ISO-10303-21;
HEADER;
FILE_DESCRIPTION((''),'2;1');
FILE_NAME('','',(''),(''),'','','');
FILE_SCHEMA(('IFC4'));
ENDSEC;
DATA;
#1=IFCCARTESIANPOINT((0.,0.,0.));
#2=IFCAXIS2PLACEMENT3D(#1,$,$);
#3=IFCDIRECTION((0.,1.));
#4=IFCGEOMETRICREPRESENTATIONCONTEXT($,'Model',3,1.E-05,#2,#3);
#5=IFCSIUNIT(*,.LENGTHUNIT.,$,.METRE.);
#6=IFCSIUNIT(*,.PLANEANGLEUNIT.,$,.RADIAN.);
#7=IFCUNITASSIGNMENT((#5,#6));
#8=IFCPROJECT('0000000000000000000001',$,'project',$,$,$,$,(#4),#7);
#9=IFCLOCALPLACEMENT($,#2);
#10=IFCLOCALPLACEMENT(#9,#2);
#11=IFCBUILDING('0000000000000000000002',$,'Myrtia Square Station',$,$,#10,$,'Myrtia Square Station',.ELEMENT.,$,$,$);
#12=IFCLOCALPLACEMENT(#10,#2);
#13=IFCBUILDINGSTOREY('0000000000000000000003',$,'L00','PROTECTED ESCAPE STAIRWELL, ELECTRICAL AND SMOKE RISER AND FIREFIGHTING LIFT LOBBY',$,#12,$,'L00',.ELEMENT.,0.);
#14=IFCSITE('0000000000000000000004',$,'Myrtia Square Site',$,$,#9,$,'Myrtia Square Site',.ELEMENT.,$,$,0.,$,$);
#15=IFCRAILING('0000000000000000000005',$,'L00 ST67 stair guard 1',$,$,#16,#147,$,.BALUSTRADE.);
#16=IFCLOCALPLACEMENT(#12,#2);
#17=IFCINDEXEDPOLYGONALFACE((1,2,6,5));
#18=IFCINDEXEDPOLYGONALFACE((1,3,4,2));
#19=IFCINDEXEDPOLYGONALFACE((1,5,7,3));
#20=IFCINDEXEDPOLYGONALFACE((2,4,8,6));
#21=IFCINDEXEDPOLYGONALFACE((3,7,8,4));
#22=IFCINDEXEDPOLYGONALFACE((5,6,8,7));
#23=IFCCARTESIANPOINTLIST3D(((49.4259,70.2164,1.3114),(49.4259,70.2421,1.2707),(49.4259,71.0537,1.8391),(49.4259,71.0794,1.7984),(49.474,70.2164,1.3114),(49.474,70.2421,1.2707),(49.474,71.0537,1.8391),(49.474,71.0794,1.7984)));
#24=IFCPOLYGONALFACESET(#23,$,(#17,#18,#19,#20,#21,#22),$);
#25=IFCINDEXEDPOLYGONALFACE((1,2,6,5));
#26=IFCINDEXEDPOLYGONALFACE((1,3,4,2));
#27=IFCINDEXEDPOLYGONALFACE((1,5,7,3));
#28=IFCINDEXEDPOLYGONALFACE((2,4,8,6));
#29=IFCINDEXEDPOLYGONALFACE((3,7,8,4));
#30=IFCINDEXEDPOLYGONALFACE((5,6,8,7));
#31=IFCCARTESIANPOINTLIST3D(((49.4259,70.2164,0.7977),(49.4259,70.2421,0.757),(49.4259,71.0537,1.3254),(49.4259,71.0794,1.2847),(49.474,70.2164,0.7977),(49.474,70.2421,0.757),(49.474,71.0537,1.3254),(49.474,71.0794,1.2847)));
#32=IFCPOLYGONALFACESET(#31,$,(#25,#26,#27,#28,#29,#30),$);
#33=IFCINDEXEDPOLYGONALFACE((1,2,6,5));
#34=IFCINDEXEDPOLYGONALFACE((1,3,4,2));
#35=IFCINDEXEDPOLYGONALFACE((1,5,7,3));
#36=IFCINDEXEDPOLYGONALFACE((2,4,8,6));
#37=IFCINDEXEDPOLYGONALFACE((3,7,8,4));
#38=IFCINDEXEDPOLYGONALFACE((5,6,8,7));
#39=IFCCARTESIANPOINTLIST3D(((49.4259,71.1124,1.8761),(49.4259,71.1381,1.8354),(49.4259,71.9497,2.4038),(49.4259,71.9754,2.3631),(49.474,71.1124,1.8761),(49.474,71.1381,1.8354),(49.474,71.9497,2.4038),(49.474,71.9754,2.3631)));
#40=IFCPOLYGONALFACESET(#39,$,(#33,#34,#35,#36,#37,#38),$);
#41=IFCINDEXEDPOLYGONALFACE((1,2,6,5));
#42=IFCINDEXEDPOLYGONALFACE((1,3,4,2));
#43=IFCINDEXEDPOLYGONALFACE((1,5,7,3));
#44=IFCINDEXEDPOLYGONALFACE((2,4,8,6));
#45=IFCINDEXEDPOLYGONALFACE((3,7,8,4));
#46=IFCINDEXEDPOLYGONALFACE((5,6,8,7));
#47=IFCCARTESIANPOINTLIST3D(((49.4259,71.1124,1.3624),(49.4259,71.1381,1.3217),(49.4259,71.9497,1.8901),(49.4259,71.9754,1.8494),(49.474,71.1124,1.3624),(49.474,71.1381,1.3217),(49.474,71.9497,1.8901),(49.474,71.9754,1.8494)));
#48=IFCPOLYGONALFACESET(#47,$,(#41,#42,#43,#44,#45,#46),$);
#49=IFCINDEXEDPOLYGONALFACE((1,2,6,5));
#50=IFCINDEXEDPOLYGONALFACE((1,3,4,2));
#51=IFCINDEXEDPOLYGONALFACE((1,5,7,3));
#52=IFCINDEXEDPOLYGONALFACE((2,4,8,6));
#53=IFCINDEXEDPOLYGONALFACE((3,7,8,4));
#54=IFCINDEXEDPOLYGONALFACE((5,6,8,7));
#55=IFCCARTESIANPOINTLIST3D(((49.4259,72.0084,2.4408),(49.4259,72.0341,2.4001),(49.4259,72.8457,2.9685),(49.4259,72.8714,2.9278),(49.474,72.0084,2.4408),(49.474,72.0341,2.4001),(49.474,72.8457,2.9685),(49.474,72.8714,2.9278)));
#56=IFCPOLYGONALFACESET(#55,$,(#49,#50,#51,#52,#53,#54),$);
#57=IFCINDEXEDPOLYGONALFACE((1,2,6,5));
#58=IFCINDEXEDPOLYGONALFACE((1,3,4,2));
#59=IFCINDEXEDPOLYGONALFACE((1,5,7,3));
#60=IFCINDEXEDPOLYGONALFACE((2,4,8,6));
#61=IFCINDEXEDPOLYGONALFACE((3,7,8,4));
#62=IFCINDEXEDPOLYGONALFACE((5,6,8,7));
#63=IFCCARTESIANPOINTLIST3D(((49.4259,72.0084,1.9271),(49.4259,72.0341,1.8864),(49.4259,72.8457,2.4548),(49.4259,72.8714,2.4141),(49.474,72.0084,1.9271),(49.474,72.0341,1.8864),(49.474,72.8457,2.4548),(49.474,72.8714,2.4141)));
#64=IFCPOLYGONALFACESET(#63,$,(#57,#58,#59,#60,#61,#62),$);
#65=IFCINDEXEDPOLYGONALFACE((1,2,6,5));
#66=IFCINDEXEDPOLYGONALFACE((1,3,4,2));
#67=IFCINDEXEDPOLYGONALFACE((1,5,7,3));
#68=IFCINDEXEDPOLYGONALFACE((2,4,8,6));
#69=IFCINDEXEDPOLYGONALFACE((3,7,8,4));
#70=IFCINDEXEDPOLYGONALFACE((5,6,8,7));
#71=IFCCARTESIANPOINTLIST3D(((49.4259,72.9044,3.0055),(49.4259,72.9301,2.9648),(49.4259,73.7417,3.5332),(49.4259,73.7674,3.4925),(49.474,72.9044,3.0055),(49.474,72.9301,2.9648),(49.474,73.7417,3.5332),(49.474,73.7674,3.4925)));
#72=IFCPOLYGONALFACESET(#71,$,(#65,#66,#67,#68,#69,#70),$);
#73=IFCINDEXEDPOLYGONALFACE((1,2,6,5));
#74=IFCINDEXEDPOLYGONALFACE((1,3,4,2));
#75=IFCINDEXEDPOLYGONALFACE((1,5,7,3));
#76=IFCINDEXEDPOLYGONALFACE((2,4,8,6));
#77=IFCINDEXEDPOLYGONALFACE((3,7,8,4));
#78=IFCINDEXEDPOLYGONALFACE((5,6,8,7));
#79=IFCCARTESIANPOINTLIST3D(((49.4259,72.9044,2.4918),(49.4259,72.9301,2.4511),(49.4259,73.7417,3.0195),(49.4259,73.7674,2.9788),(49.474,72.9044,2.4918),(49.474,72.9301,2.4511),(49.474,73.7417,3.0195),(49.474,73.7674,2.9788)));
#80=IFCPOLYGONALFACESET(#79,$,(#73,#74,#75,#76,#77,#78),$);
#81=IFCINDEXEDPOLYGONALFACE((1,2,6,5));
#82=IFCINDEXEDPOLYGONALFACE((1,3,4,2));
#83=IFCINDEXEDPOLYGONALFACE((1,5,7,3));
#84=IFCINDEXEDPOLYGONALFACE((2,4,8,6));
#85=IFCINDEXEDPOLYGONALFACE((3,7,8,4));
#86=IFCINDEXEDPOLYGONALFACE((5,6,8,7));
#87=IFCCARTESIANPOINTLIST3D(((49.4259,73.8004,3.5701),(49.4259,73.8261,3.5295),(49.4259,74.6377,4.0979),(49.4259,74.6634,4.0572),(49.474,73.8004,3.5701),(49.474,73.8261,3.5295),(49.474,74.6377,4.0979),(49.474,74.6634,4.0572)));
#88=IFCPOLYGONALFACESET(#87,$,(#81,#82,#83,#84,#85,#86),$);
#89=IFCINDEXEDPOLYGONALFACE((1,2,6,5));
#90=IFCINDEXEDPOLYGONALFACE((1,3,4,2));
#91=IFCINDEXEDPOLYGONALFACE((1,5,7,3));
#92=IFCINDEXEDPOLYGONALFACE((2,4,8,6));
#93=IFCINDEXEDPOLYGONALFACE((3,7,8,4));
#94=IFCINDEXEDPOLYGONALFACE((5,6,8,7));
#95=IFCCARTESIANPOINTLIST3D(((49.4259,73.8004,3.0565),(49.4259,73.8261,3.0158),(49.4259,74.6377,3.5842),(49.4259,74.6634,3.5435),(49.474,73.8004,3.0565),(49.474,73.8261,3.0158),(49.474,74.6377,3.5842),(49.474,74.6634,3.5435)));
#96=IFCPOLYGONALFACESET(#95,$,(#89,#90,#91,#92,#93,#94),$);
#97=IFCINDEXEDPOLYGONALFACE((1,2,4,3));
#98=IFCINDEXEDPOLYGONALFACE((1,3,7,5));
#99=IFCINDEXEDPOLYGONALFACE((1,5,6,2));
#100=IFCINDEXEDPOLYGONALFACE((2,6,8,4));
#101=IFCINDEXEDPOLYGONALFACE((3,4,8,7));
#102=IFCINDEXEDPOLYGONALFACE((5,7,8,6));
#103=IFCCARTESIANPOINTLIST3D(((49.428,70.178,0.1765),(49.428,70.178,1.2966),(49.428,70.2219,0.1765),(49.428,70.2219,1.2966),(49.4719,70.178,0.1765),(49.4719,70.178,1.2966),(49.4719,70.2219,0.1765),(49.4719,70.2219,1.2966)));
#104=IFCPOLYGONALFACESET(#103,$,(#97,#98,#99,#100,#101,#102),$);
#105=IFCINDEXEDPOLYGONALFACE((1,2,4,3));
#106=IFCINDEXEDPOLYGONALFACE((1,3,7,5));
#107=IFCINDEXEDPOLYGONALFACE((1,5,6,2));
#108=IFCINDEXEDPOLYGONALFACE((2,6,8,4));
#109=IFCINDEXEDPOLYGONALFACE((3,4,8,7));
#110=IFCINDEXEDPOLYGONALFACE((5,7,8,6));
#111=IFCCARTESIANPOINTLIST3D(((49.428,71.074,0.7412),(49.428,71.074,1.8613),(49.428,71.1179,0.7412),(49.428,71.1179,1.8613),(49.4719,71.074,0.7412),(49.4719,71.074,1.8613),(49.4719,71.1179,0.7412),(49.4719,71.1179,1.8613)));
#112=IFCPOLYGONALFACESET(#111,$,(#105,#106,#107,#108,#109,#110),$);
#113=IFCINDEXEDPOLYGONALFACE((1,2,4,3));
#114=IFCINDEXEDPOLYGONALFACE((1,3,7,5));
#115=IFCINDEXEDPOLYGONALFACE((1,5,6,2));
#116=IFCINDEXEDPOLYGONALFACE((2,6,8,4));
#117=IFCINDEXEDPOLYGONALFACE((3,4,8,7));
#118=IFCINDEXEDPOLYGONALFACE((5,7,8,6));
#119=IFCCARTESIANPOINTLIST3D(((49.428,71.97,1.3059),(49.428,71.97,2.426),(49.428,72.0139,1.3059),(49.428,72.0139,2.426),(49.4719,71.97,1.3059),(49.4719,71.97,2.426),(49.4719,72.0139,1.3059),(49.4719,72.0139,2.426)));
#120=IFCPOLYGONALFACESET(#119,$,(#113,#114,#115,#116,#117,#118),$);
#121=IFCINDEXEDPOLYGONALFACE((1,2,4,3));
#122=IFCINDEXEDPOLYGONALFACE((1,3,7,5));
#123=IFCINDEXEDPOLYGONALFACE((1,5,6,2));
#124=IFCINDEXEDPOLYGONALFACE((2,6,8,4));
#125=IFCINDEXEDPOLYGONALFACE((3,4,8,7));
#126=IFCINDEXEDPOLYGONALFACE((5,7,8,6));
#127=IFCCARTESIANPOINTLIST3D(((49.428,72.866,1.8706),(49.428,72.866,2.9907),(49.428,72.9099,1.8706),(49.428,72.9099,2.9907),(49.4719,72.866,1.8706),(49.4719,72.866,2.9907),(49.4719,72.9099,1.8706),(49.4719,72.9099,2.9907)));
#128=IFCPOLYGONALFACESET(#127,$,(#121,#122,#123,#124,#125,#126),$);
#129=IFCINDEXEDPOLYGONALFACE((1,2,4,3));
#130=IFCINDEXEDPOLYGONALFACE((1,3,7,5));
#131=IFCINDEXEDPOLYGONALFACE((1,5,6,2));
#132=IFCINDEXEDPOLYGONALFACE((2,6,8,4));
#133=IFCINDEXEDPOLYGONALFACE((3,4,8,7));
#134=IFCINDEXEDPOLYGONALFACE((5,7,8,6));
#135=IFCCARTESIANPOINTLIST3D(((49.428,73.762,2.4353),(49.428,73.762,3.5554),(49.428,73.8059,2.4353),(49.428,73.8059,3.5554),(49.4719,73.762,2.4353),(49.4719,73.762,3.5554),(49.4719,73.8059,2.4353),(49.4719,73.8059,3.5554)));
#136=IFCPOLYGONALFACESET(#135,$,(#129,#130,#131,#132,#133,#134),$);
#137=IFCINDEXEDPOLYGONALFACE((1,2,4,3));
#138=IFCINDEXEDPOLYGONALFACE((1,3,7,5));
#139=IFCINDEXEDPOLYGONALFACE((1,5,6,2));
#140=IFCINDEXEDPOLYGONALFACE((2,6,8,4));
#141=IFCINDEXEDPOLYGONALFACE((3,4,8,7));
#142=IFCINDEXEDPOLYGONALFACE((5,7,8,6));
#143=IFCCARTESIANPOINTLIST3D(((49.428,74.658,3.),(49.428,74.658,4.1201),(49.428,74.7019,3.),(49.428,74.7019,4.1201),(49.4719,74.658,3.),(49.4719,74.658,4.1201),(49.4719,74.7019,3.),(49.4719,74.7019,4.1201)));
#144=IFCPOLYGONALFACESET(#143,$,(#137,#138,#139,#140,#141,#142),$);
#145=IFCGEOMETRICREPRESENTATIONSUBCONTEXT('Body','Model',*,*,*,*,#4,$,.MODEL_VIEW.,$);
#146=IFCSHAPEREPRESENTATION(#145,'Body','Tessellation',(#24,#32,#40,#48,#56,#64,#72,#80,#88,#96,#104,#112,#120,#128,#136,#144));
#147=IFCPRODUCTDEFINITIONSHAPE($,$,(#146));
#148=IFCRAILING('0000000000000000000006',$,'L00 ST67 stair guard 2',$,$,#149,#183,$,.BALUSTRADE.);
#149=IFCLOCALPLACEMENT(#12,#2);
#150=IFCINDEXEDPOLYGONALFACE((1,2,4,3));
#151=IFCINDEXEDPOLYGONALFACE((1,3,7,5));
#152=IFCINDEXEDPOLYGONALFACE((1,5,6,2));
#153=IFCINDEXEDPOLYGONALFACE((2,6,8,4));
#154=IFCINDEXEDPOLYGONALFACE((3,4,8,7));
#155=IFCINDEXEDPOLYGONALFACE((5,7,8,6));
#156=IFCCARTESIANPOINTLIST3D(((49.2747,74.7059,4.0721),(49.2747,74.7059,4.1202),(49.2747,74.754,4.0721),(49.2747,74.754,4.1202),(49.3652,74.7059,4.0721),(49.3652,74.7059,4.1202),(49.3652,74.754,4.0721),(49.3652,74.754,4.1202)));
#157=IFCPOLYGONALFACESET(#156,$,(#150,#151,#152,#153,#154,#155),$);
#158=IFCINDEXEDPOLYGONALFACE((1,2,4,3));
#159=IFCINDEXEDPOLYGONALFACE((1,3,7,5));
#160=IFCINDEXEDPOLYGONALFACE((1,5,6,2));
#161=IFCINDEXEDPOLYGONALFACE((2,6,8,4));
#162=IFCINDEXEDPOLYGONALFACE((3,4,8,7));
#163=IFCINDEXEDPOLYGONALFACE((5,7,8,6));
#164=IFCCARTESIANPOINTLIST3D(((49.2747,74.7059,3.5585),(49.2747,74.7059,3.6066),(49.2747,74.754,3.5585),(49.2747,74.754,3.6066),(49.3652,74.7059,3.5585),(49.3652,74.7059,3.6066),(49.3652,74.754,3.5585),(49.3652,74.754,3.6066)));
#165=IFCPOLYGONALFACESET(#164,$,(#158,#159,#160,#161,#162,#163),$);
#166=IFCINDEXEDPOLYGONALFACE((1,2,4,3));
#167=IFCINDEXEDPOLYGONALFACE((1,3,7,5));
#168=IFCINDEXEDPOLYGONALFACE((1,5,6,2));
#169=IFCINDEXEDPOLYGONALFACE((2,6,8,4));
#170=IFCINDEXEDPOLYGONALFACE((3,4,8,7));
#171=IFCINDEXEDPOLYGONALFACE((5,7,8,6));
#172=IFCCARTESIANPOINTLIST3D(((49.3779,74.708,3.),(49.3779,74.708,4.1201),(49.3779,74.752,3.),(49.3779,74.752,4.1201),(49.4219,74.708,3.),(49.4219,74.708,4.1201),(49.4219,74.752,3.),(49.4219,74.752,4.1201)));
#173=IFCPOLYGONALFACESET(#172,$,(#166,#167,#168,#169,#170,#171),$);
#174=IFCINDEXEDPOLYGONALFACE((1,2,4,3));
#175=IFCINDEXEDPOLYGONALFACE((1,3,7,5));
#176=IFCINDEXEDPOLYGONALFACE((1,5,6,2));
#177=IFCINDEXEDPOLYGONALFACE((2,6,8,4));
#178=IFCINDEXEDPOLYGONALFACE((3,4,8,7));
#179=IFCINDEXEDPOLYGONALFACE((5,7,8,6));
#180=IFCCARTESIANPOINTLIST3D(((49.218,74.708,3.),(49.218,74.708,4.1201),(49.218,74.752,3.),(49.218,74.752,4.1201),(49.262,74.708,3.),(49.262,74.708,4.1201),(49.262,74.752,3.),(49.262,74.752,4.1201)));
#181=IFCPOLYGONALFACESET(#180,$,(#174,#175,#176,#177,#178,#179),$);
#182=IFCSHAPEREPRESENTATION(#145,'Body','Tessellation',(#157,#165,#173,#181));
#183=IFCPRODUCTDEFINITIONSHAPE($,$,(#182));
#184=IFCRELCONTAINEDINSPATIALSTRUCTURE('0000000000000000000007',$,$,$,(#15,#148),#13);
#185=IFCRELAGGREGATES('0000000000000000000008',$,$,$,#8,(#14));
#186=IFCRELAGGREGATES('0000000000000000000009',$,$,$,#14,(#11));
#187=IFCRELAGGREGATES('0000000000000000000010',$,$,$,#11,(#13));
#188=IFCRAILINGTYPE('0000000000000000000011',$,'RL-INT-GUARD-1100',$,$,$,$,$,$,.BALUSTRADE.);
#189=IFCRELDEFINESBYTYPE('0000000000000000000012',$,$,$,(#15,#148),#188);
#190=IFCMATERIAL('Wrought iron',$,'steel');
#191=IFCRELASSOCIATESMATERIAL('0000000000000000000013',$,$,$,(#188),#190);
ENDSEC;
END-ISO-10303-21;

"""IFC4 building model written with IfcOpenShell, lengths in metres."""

from ifc_helpers import new_model, si_unit, direction, frame, origin, origin_2d, place, context, subcontext, project, spatial, rectangle, extrude, material, type_object, element, save


model = new_model("IFC4")

# Units and contexts
model_context = context("Model", 3, precision=1e-05, world=origin(), true_north=direction((0.0, 1.0)))
body_context = subcontext(model_context, "Body", "Model", "MODEL_VIEW")
ifc_project = project(units=[si_unit("LENGTHUNIT", "METRE"), si_unit("PLANEANGLEUNIT", "RADIAN")], contexts=[model_context])

# Site, building, storey
site_placement = place(None, origin())
site = spatial("IfcSite", under=ifc_project, at=site_placement, Name="Myrtia Square Site", LongName="Myrtia Square Site", CompositionType="ELEMENT", RefElevation=0.0)
building_placement = place(site_placement, origin())
building = spatial("IfcBuilding", under=site, at=building_placement, Name="Myrtia Square Station", LongName="Myrtia Square Station", CompositionType="ELEMENT")
storey_placement = place(building_placement, origin())
storey = spatial("IfcBuildingStorey", under=building, at=storey_placement, Name="L00", Description="PROTECTED ESCAPE STAIRWELL, ELECTRICAL AND SMOKE RISER AND FIREFIGHTING LIFT LOBBY", LongName="L00", CompositionType="ELEMENT", Elevation=0.0)

# Railings
ifc_material_1 = material(Name="Wrought iron", Category="steel")
railing_type_1 = type_object("IfcRailingType", Name="RL-INT-GUARD-1100", PredefinedType="BALUSTRADE", material=ifc_material_1)
railing_1_placement = place(storey_placement, frame((49.45, 70.2, 0.1765)))
element("IfcRailing", 1, at=railing_1_placement, inside=storey, type_object=railing_type_1, Name="L00 ST67 stair guard 1", PredefinedType="BALUSTRADE", context=body_context, shape_type="SweptSolid", body=[
    extrude(rectangle(XDim=0.0481, YDim=0.0481, at=origin_2d()), frame((0.0, 0.0293, 1.1145), z_axis=(0.0, 0.845998, 0.533186), x_axis=(-1.0, 0.0, 0.0)), (0.0, 0.0, 1.0), 0.9897),
    extrude(rectangle(XDim=0.0481, YDim=0.0481, at=origin_2d()), frame((0.0, 0.0293, 0.6008), z_axis=(0.0, 0.845998, 0.533186), x_axis=(-1.0, 0.0, 0.0)), (0.0, 0.0, 1.0), 0.9897),
    extrude(rectangle(XDim=0.0481, YDim=0.0481, at=origin_2d()), frame((0.0, 0.9253, 1.6792), z_axis=(0.0, 0.845998, 0.533186), x_axis=(-1.0, 0.0, 0.0)), (0.0, 0.0, 1.0), 0.9897),
    extrude(rectangle(XDim=0.0481, YDim=0.0481, at=origin_2d()), frame((0.0, 0.9253, 1.1655), z_axis=(0.0, 0.845998, 0.533186), x_axis=(-1.0, 0.0, 0.0)), (0.0, 0.0, 1.0), 0.9897),
    extrude(rectangle(XDim=0.0481, YDim=0.0481, at=origin_2d()), frame((0.0, 1.8213, 2.2439), z_axis=(0.0, 0.845998, 0.533186), x_axis=(-1.0, 0.0, 0.0)), (0.0, 0.0, 1.0), 0.9897),
    extrude(rectangle(XDim=0.0481, YDim=0.0481, at=origin_2d()), frame((0.0, 1.8213, 1.7302), z_axis=(0.0, 0.845998, 0.533186), x_axis=(-1.0, 0.0, 0.0)), (0.0, 0.0, 1.0), 0.9897),
    extrude(rectangle(XDim=0.0481, YDim=0.0481, at=origin_2d()), frame((0.0, 2.7173, 2.8086), z_axis=(0.0, 0.845998, 0.533186), x_axis=(-1.0, 0.0, 0.0)), (0.0, 0.0, 1.0), 0.9897),
    extrude(rectangle(XDim=0.0481, YDim=0.0481, at=origin_2d()), frame((0.0, 2.7173, 2.2949), z_axis=(0.0, 0.845998, 0.533186), x_axis=(-1.0, 0.0, 0.0)), (0.0, 0.0, 1.0), 0.9897),
    extrude(rectangle(XDim=0.0481, YDim=0.0481, at=origin_2d()), frame((0.0, 3.6133, 3.3733), z_axis=(0.0, 0.845998, 0.533186), x_axis=(-1.0, 0.0, 0.0)), (0.0, 0.0, 1.0), 0.9897),
    extrude(rectangle(XDim=0.0481, YDim=0.0481, at=origin_2d()), frame((0.0, 3.6133, 2.8596), z_axis=(0.0, 0.845998, 0.533186), x_axis=(-1.0, 0.0, 0.0)), (0.0, 0.0, 1.0), 0.9897),
    extrude(rectangle(XDim=0.0439, YDim=0.0439, at=origin_2d()), origin(), (0.0, 0.0, 1.0), 1.1201),
    extrude(rectangle(XDim=0.0439, YDim=0.0439, at=origin_2d()), frame((0.0, 0.896, 0.5647)), (0.0, 0.0, 1.0), 1.1201),
    extrude(rectangle(XDim=0.0439, YDim=0.0439, at=origin_2d()), frame((0.0, 1.792, 1.1294)), (0.0, 0.0, 1.0), 1.1201),
    extrude(rectangle(XDim=0.0439, YDim=0.0439, at=origin_2d()), frame((0.0, 2.688, 1.6941)), (0.0, 0.0, 1.0), 1.1201),
    extrude(rectangle(XDim=0.0439, YDim=0.0439, at=origin_2d()), frame((0.0, 3.584, 2.2588)), (0.0, 0.0, 1.0), 1.1201),
    extrude(rectangle(XDim=0.0439, YDim=0.0439, at=origin_2d()), frame((0.0, 4.48, 2.8235)), (0.0, 0.0, 1.0), 1.1201),
])
railing_2_placement = place(storey_placement, frame((49.3999, 74.73, 3.0)))
element("IfcRailing", 2, at=railing_2_placement, inside=storey, type_object=railing_type_1, Name="L00 ST67 stair guard 2", PredefinedType="BALUSTRADE", context=body_context, shape_type="SweptSolid", body=[
    extrude(rectangle(XDim=0.0481, YDim=0.0481, at=origin_2d()), frame((-0.0347, 0.0, 1.0962), z_axis=(-1.0, 0.0, 0.0), x_axis=(0.0, -1.0, 0.0)), (0.0, 0.0, 1.0), 0.0906),
    extrude(rectangle(XDim=0.0481, YDim=0.0481, at=origin_2d()), frame((-0.0347, 0.0, 0.5825), z_axis=(-1.0, 0.0, 0.0), x_axis=(0.0, -1.0, 0.0)), (0.0, 0.0, 1.0), 0.0906),
    extrude(rectangle(XDim=0.0439, YDim=0.0439, at=origin_2d()), origin(), (0.0, 0.0, 1.0), 1.1201),
    extrude(rectangle(XDim=0.0439, YDim=0.0439, at=origin_2d()), frame((-0.1599, 0.0, 0.0)), (0.0, 0.0, 1.0), 1.1201),
])

save(model, "model.ifc")
